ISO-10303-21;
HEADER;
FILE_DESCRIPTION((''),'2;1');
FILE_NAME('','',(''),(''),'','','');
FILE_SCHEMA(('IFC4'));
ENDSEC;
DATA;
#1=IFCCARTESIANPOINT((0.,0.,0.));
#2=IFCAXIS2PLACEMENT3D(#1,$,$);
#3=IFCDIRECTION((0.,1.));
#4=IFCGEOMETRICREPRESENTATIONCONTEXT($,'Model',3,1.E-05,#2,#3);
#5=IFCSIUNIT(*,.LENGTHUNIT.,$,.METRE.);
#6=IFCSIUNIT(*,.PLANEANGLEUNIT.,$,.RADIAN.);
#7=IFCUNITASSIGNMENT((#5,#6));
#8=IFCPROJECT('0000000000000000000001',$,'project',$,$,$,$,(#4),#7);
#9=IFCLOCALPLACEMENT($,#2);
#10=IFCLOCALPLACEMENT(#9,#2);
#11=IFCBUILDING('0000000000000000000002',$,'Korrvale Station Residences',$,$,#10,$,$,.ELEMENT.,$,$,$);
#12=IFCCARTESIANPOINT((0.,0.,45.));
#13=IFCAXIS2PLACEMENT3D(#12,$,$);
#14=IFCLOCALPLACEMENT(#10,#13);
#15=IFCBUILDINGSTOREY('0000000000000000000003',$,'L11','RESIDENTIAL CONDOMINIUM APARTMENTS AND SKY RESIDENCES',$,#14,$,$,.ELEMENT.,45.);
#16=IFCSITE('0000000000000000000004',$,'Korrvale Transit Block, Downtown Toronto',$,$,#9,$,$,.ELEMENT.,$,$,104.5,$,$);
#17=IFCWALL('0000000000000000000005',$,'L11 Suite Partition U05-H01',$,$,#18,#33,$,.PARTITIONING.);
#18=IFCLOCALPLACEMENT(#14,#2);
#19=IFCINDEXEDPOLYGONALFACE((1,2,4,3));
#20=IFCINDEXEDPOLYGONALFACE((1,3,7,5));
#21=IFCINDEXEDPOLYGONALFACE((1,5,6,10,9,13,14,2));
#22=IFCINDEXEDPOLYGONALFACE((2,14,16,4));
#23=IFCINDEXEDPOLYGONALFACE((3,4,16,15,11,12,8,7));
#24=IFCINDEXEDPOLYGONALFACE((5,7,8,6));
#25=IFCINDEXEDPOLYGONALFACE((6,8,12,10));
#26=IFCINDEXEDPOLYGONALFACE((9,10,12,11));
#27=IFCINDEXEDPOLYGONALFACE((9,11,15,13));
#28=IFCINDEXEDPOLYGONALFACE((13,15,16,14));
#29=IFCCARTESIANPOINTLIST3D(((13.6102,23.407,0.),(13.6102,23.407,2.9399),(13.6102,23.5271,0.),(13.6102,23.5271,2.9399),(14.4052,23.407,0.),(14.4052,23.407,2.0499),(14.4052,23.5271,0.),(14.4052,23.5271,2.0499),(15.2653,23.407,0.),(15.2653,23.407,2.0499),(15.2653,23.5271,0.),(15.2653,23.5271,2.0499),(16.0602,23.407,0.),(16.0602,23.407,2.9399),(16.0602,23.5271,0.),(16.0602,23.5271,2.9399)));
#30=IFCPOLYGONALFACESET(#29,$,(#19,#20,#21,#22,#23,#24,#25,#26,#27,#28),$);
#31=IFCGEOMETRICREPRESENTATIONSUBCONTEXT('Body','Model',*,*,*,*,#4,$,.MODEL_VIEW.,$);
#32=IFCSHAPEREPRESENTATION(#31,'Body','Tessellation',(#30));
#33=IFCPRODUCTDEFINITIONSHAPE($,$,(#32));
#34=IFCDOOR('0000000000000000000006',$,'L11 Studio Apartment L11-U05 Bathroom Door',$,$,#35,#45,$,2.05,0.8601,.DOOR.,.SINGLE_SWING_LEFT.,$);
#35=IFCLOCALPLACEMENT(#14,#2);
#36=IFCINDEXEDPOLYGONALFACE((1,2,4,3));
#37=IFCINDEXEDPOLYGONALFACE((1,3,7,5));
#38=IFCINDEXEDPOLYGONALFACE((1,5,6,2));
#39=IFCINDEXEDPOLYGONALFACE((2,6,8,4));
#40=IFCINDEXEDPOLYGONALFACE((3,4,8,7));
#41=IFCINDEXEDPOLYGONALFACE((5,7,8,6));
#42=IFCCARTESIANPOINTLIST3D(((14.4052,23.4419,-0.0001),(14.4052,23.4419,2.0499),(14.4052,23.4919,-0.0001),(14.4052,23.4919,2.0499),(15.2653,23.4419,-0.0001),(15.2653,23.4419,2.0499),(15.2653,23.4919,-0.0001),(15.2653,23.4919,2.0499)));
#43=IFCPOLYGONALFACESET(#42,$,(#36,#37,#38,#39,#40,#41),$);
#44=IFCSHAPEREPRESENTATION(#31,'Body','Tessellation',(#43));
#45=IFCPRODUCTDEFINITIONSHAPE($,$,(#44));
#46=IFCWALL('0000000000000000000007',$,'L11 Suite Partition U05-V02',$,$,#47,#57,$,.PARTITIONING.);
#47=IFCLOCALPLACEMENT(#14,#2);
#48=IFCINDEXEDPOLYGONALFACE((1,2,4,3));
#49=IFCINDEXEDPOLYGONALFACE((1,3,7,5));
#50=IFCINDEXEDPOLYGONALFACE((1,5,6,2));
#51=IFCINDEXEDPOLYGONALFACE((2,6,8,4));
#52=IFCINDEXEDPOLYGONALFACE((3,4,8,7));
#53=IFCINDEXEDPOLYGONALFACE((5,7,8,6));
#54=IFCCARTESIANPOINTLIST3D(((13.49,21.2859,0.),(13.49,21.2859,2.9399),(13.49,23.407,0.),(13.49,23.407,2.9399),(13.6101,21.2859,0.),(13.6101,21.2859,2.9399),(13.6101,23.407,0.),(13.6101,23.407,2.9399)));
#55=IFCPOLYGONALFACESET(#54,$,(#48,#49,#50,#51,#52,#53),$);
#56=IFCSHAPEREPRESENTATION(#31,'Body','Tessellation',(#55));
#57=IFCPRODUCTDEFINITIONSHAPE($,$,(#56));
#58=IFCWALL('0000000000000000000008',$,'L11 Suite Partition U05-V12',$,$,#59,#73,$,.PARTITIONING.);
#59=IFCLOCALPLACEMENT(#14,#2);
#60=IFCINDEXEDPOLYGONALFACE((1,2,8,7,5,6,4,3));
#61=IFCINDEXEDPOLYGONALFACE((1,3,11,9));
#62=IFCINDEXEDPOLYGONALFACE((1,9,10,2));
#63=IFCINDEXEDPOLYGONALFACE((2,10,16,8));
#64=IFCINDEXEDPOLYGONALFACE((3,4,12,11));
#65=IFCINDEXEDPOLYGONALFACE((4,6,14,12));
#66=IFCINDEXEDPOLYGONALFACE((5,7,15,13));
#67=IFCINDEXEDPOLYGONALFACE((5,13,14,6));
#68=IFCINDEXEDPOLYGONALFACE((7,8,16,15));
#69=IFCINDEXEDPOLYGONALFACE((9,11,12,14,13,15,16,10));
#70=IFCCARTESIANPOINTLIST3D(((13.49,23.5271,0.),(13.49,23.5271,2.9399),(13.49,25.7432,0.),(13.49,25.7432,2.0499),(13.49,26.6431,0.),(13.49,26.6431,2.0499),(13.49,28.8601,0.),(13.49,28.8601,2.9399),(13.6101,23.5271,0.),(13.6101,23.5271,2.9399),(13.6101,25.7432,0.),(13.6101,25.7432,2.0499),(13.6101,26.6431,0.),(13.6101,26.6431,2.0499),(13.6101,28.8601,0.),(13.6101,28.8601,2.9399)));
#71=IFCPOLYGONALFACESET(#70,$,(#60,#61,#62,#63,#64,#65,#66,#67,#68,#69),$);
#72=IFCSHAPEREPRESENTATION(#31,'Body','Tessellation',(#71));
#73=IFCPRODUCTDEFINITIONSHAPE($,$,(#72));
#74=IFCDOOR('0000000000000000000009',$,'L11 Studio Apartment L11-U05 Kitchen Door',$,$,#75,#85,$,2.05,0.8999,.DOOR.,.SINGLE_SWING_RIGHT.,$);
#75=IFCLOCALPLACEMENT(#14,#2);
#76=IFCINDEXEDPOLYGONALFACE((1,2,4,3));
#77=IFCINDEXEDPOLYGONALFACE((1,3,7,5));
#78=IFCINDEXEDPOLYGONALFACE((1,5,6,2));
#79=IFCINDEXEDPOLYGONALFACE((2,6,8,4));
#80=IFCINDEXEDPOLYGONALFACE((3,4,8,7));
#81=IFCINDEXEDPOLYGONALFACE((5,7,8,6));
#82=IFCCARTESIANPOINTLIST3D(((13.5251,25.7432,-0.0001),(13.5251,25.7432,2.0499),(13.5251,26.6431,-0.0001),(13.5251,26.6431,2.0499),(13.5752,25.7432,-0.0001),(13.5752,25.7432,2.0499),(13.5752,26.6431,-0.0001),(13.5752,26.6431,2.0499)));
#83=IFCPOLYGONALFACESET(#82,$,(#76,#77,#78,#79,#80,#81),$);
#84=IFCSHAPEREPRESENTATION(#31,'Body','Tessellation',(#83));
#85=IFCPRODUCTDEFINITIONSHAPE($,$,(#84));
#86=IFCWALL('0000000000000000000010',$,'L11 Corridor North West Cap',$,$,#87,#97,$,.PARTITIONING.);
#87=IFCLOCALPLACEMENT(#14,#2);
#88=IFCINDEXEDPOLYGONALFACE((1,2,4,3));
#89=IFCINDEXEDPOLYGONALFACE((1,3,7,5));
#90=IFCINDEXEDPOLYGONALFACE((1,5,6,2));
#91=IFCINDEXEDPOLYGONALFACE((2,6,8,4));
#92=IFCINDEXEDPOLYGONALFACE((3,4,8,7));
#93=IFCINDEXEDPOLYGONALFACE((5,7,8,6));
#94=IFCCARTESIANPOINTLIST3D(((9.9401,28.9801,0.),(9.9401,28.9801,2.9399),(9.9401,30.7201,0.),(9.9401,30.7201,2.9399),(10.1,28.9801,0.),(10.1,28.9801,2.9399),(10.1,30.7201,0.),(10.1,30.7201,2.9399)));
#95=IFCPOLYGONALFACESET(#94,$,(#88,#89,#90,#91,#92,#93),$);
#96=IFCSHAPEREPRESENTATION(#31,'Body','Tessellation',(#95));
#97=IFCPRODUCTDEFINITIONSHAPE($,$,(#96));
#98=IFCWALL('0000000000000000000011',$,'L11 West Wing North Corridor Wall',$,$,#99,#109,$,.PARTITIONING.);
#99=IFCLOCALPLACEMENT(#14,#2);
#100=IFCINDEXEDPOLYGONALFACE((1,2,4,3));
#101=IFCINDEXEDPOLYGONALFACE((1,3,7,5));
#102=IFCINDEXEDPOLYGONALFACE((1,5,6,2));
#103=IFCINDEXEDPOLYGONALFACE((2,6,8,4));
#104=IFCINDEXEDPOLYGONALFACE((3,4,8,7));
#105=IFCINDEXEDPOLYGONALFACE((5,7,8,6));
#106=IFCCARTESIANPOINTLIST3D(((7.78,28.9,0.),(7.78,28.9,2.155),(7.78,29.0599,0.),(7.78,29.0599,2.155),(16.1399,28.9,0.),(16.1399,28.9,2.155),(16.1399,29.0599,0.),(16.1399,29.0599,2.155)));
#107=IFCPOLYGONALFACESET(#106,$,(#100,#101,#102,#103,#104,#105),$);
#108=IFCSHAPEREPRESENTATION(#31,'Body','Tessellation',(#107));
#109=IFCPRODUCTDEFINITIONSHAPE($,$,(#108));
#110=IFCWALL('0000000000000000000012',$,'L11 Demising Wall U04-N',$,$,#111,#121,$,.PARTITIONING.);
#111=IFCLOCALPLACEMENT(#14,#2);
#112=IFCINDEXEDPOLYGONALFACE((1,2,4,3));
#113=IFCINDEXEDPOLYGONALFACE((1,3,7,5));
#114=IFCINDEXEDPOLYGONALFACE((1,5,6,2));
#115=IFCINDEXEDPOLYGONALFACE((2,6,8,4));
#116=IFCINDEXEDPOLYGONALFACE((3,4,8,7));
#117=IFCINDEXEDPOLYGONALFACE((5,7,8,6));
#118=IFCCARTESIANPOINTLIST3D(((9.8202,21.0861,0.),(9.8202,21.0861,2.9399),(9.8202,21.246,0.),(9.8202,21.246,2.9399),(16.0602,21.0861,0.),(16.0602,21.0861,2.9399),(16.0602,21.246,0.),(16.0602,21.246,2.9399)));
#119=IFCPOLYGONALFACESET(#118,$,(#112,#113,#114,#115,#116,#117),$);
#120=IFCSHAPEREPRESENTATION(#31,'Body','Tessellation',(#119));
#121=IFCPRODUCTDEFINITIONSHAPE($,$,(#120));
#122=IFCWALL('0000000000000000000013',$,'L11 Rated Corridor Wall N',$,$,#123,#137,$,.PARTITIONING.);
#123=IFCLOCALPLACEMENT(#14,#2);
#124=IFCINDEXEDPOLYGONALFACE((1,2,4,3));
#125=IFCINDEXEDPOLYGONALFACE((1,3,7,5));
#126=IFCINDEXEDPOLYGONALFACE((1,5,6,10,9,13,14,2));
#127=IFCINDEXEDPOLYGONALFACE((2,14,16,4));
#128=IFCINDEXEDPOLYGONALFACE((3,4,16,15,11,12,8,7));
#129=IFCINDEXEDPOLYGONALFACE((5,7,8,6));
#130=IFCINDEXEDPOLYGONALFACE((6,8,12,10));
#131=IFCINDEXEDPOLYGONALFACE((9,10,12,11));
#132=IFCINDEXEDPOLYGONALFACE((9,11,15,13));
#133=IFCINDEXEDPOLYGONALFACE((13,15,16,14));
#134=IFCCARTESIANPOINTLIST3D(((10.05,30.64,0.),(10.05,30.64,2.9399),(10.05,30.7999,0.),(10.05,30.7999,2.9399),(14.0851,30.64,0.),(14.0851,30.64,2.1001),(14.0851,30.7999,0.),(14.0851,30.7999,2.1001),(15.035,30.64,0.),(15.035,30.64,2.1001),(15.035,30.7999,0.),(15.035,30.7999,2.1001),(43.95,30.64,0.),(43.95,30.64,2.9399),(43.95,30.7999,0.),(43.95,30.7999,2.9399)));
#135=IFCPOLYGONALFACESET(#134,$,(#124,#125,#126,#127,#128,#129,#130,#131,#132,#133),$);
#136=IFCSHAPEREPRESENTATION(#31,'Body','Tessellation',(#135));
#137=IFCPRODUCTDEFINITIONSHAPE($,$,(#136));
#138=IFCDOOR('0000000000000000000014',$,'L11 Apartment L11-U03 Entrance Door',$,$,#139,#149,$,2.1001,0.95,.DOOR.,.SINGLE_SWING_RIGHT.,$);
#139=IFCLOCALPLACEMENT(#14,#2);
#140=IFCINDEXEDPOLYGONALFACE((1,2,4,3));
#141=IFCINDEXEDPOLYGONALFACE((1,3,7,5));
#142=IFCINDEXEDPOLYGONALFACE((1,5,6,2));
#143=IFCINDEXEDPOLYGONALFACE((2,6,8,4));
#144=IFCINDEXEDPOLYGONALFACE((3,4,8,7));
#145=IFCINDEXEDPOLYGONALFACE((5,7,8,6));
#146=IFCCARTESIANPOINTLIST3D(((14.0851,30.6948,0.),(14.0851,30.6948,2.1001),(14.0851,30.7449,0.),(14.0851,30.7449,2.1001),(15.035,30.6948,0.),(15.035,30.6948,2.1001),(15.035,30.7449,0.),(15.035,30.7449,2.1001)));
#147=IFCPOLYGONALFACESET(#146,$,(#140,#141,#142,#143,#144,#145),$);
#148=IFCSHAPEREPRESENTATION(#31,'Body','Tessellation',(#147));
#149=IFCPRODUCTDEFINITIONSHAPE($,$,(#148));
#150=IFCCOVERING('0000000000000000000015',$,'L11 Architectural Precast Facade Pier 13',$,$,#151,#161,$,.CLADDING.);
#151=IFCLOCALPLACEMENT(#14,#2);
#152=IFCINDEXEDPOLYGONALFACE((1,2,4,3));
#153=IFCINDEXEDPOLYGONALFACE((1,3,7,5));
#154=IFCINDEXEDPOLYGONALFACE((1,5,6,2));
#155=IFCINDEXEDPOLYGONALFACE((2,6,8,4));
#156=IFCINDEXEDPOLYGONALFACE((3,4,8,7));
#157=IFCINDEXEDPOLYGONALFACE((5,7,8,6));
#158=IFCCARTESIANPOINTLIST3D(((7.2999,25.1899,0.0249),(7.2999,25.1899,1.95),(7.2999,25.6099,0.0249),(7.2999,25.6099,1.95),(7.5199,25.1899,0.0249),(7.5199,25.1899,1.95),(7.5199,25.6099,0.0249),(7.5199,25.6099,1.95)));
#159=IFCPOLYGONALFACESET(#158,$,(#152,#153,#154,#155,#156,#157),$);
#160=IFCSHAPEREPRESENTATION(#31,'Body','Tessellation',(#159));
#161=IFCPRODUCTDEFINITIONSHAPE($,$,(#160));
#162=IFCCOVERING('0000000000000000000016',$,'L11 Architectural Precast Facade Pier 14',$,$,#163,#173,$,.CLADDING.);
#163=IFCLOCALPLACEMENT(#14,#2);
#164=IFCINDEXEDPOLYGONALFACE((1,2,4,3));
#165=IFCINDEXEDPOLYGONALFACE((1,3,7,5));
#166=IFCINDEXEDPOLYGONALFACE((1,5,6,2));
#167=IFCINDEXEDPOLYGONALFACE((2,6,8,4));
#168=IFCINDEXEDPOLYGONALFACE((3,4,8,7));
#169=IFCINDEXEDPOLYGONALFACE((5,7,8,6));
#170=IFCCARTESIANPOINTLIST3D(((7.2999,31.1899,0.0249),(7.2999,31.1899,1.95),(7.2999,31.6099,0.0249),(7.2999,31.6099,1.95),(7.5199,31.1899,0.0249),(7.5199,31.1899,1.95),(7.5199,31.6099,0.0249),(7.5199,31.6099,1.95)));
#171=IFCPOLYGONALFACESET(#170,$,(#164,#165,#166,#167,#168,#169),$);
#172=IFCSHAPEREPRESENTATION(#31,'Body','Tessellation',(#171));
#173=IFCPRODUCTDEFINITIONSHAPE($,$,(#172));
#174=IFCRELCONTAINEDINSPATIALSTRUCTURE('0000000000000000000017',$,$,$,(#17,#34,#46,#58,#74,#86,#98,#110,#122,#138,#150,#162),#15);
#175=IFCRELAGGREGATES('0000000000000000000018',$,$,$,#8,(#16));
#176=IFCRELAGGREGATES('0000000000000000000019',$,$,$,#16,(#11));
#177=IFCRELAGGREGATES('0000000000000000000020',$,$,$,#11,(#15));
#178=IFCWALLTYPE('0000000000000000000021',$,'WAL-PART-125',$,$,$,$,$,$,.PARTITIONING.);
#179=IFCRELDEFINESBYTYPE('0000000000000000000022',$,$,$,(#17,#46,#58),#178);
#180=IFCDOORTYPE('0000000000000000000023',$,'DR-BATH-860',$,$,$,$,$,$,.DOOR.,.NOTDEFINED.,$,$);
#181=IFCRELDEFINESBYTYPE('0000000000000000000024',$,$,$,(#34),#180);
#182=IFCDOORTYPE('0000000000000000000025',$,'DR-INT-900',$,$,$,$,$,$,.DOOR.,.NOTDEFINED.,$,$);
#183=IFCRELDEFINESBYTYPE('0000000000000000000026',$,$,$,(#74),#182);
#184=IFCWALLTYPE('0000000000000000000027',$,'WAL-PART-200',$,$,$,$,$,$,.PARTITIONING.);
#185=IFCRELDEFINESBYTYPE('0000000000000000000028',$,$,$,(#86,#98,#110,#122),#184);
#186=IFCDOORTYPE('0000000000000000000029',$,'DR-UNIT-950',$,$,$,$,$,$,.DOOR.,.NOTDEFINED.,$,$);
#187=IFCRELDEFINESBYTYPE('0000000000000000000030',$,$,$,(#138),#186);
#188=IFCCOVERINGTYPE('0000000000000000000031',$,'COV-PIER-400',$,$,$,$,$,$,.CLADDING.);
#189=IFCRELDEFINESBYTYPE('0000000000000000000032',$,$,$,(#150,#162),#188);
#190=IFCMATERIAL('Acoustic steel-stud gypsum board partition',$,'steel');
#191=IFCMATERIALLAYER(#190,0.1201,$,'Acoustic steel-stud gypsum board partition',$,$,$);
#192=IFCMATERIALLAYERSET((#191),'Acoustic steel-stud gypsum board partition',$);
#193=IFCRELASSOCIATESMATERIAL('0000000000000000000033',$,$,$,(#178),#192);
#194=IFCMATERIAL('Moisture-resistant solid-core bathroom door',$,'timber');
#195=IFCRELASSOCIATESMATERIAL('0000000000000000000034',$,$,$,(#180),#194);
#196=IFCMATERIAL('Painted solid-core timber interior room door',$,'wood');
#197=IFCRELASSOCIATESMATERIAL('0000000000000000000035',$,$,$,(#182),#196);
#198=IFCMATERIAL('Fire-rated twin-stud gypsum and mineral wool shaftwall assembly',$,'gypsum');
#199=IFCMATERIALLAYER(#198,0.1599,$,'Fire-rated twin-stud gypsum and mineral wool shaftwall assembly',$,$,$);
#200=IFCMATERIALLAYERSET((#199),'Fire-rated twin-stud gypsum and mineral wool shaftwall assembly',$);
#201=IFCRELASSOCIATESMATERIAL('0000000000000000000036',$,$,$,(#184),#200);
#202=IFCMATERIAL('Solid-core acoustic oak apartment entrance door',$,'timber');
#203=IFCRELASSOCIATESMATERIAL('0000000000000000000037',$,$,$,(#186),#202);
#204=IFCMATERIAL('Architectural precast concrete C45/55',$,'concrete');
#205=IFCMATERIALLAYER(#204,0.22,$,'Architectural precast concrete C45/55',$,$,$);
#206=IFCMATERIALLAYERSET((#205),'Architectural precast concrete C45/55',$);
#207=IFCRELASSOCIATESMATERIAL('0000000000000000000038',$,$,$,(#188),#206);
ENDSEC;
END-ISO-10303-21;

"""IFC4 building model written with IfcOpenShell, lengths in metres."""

from ifc_helpers import new_model, si_unit, direction, frame, frame_2d, origin, origin_2d, place, context, subcontext, project, spatial, rectangle, extrude, material, layer, layer_set, type_object, element, fill, save


model = new_model("IFC4")

# Units and contexts
model_context = context("Model", 3, precision=1e-05, world=origin(), true_north=direction((0.0, 1.0)))
body_context = subcontext(model_context, "Body", "Model", "MODEL_VIEW")
ifc_project = project(units=[si_unit("LENGTHUNIT", "METRE"), si_unit("PLANEANGLEUNIT", "RADIAN")], contexts=[model_context])

# Site, building, storey
site_placement = place(None, origin())
site = spatial("IfcSite", under=ifc_project, at=site_placement, Name="Korrvale Transit Block, Downtown Toronto", CompositionType="ELEMENT", RefElevation=104.5)
building_placement = place(site_placement, origin())
building = spatial("IfcBuilding", under=site, at=building_placement, Name="Korrvale Station Residences", CompositionType="ELEMENT")
storey_placement = place(building_placement, frame((0.0, 0.0, 45.0)))
storey = spatial("IfcBuildingStorey", under=building, at=storey_placement, Name="L11", Description="RESIDENTIAL CONDOMINIUM APARTMENTS AND SKY RESIDENCES", CompositionType="ELEMENT", Elevation=45.0)

# Wall, opening, door
ifc_material_1 = material(Name="Acoustic steel-stud gypsum board partition", Category="steel")
ifc_layer_1 = layer(ifc_material_1, 0.1201, Name="Acoustic steel-stud gypsum board partition")
ifc_layer_set_1 = layer_set([ifc_layer_1], Name="Acoustic steel-stud gypsum board partition")
wall_type_1 = type_object("IfcWallType", Name="WAL-PART-125", PredefinedType="PARTITIONING", material=ifc_layer_set_1)
ifc_material_2 = material(Name="Moisture-resistant solid-core bathroom door", Category="timber")
door_type_1 = type_object("IfcDoorType", Name="DR-BATH-860", OperationType="NOTDEFINED", PredefinedType="DOOR", material=ifc_material_2)
ifc_material_3 = material(Name="Painted solid-core timber interior room door", Category="wood")
door_type_2 = type_object("IfcDoorType", Name="DR-INT-900", OperationType="NOTDEFINED", PredefinedType="DOOR", material=ifc_material_3)
wall_1_placement = place(storey_placement, frame((13.6101, 23.467, 0.0), z_axis=(0.0, 0.0, 1.0), x_axis=(1.0, 0.0, 0.0)))
wall_1 = element("IfcWall", 1, at=wall_1_placement, inside=storey, type_object=wall_type_1, Name="L11 Suite Partition U05-H01", PredefinedType="PARTITIONING", context=body_context, shape_type="SweptSolid", body=[
    extrude(rectangle(XDim=2.45, YDim=0.1201, at=frame_2d((1.2251, 0.0))), origin(), (0.0, 0.0, 1.0), 2.9399),
])
opening_1_placement = place(wall_1_placement, frame((0.7949, 0.0, 0.0)))
opening_1 = element("IfcOpeningElement", 2, at=opening_1_placement, cuts=wall_1, PredefinedType="OPENING", context=body_context, shape_type="SweptSolid", body=[
    extrude(rectangle(XDim=0.8601, YDim=2.05, at=frame_2d((0.4302, 1.0249))), frame((0.0, 0.0701, 0.0), z_axis=(0.0, -1.0, 0.0), x_axis=(1.0, 0.0, 0.0)), (0.0, 0.0, 1.0), 0.1401),
])
door_1_placement = place(opening_1_placement, origin())
door_1 = element("IfcDoor", 3, at=door_1_placement, inside=storey, type_object=door_type_1, Name="L11 Studio Apartment L11-U05 Bathroom Door", OperationType="SINGLE_SWING_LEFT", OverallHeight=2.05, OverallWidth=0.8601, PredefinedType="DOOR", context=body_context, shape_type="SweptSolid", body=[
    extrude(rectangle(XDim=0.8601, YDim=2.05, at=frame_2d((0.4302, 1.0249))), frame((0.0, 0.0249, 0.0), z_axis=(0.0, -1.0, 0.0), x_axis=(1.0, 0.0, 0.0)), (0.0, 0.0, 1.0), 0.05),
])
fill(opening_1, door_1)

# Wall
wall_2_placement = place(storey_placement, frame((13.55, 21.2859, 0.0), z_axis=(0.0, 0.0, 1.0), x_axis=(0.0, 1.0, 0.0)))
element("IfcWall", 4, at=wall_2_placement, inside=storey, type_object=wall_type_1, Name="L11 Suite Partition U05-V02", PredefinedType="PARTITIONING", context=body_context, shape_type="SweptSolid", body=[
    extrude(rectangle(XDim=2.1211, YDim=0.1201, at=frame_2d((1.0605, 0.0))), origin(), (0.0, 0.0, 1.0), 2.9399),
])

# Wall, opening, door
wall_3_placement = place(storey_placement, frame((13.55, 23.5271, 0.0), z_axis=(0.0, 0.0, 1.0), x_axis=(0.0, 1.0, 0.0)))
wall_3 = element("IfcWall", 5, at=wall_3_placement, inside=storey, type_object=wall_type_1, Name="L11 Suite Partition U05-V12", PredefinedType="PARTITIONING", context=body_context, shape_type="SweptSolid", body=[
    extrude(rectangle(XDim=5.333, YDim=0.1201, at=frame_2d((2.6665, 0.0))), origin(), (0.0, 0.0, 1.0), 2.9399),
])
opening_2_placement = place(wall_3_placement, frame((2.2161, 0.0, 0.0)))
opening_2 = element("IfcOpeningElement", 6, at=opening_2_placement, cuts=wall_3, PredefinedType="OPENING", context=body_context, shape_type="SweptSolid", body=[
    extrude(rectangle(XDim=0.8999, YDim=2.05, at=frame_2d((0.45, 1.0249))), frame((0.0, 0.0701, 0.0), z_axis=(0.0, -1.0, 0.0), x_axis=(1.0, 0.0, 0.0)), (0.0, 0.0, 1.0), 0.1401),
])
door_2_placement = place(opening_2_placement, origin())
door_2 = element("IfcDoor", 7, at=door_2_placement, inside=storey, type_object=door_type_2, Name="L11 Studio Apartment L11-U05 Kitchen Door", OperationType="SINGLE_SWING_RIGHT", OverallHeight=2.05, OverallWidth=0.8999, PredefinedType="DOOR", context=body_context, shape_type="SweptSolid", body=[
    extrude(rectangle(XDim=0.8999, YDim=2.05, at=frame_2d((0.45, 1.0249))), frame((0.0, 0.0249, 0.0), z_axis=(0.0, -1.0, 0.0), x_axis=(1.0, 0.0, 0.0)), (0.0, 0.0, 1.0), 0.05),
])
fill(opening_2, door_2)

# Walls
ifc_material_4 = material(Name="Fire-rated twin-stud gypsum and mineral wool shaftwall assembly", Category="gypsum")
ifc_layer_2 = layer(ifc_material_4, 0.1599, Name="Fire-rated twin-stud gypsum and mineral wool shaftwall assembly")
ifc_layer_set_2 = layer_set([ifc_layer_2], Name="Fire-rated twin-stud gypsum and mineral wool shaftwall assembly")
wall_type_2 = type_object("IfcWallType", Name="WAL-PART-200", PredefinedType="PARTITIONING", material=ifc_layer_set_2)
wall_4_placement = place(storey_placement, frame((10.02, 28.98, 0.0), z_axis=(0.0, 0.0, 1.0), x_axis=(0.0, 1.0, 0.0)))
element("IfcWall", 8, at=wall_4_placement, inside=storey, type_object=wall_type_2, Name="L11 Corridor North West Cap", PredefinedType="PARTITIONING", context=body_context, shape_type="SweptSolid", body=[
    extrude(rectangle(XDim=1.74, YDim=0.1599, at=frame_2d((0.8701, 0.0))), origin(), (0.0, 0.0, 1.0), 2.9399),
])
wall_5_placement = place(storey_placement, frame((7.78, 28.98, 0.0), z_axis=(0.0, 0.0, 1.0), x_axis=(1.0, 0.0, 0.0)))
element("IfcWall", 9, at=wall_5_placement, inside=storey, type_object=wall_type_2, Name="L11 West Wing North Corridor Wall", PredefinedType="PARTITIONING", context=body_context, shape_type="SweptSolid", body=[
    extrude(rectangle(XDim=8.3599, YDim=0.1599, at=frame_2d((4.1799, 0.0))), origin(), (0.0, 0.0, 1.0), 2.155),
])
wall_6_placement = place(storey_placement, frame((9.8201, 21.166, 0.0), z_axis=(0.0, 0.0, 1.0), x_axis=(1.0, 0.0, 0.0)))
element("IfcWall", 10, at=wall_6_placement, inside=storey, type_object=wall_type_2, Name="L11 Demising Wall U04-N", PredefinedType="PARTITIONING", context=body_context, shape_type="SweptSolid", body=[
    extrude(rectangle(XDim=6.24, YDim=0.1599, at=frame_2d((3.1201, 0.0))), origin(), (0.0, 0.0, 1.0), 2.9399),
])

# Wall, opening, door
wall_7_placement = place(storey_placement, frame((10.05, 30.72, 0.0), z_axis=(0.0, 0.0, 1.0), x_axis=(1.0, 0.0, 0.0)))
wall_7 = element("IfcWall", 11, at=wall_7_placement, inside=storey, type_object=wall_type_2, Name="L11 Rated Corridor Wall N", PredefinedType="PARTITIONING", context=body_context, shape_type="SweptSolid", body=[
    extrude(rectangle(XDim=33.8999, YDim=0.1599, at=frame_2d((16.95, 0.0))), origin(), (0.0, 0.0, 1.0), 2.9399),
])
opening_3_placement = place(wall_7_placement, frame((4.0349, 0.0, 0.0)))
opening_3 = element("IfcOpeningElement", 12, at=opening_3_placement, cuts=wall_7, PredefinedType="OPENING", context=body_context, shape_type="SweptSolid", body=[
    extrude(rectangle(XDim=0.95, YDim=2.1001, at=frame_2d((0.4751, 1.05))), frame((0.0, 0.0898, 0.0), z_axis=(0.0, -1.0, 0.0), x_axis=(1.0, 0.0, 0.0)), (0.0, 0.0, 1.0), 0.1799),
])
ifc_material_5 = material(Name="Solid-core acoustic oak apartment entrance door", Category="timber")
door_type_3 = type_object("IfcDoorType", Name="DR-UNIT-950", OperationType="NOTDEFINED", PredefinedType="DOOR", material=ifc_material_5)
door_3_placement = place(opening_3_placement, origin())
door_3 = element("IfcDoor", 13, at=door_3_placement, inside=storey, type_object=door_type_3, Name="L11 Apartment L11-U03 Entrance Door", OperationType="SINGLE_SWING_RIGHT", OverallHeight=2.1001, OverallWidth=0.95, PredefinedType="DOOR", context=body_context, shape_type="SweptSolid", body=[
    extrude(rectangle(XDim=0.95, YDim=2.1001, at=frame_2d((0.4751, 1.05))), frame((0.0, 0.0249, 0.0), z_axis=(0.0, -1.0, 0.0), x_axis=(1.0, 0.0, 0.0)), (0.0, 0.0, 1.0), 0.05),
])
fill(opening_3, door_3)

# Coverings
ifc_material_6 = material(Name="Architectural precast concrete C45/55", Category="concrete")
ifc_layer_3 = layer(ifc_material_6, 0.22, Name="Architectural precast concrete C45/55")
ifc_layer_set_3 = layer_set([ifc_layer_3], Name="Architectural precast concrete C45/55")
covering_type = type_object("IfcCoveringType", Name="COV-PIER-400", PredefinedType="CLADDING", material=ifc_layer_set_3)
for number, where, z_axis, x_axis, name in (
    (14, (7.4099, 25.3999, 0.0249), (0.0, 0.0, 1.0), (0.0, 1.0, 0.0), "L11 Architectural Precast Facade Pier 13"),
    (15, (7.4099, 31.3999, 0.0249), (0.0, 0.0, 1.0), (0.0, 1.0, 0.0), "L11 Architectural Precast Facade Pier 14"),
):
    element("IfcCovering", number, at=place(storey_placement, frame(where, z_axis=z_axis, x_axis=x_axis)), inside=storey, type_object=covering_type, Name=name, PredefinedType="CLADDING", context=body_context, shape_type="SweptSolid", body=[
        extrude(rectangle(XDim=0.4199, YDim=0.22, at=origin_2d()), origin(), (0.0, 0.0, 1.0), 1.925),
    ])

save(model, "model.ifc")
